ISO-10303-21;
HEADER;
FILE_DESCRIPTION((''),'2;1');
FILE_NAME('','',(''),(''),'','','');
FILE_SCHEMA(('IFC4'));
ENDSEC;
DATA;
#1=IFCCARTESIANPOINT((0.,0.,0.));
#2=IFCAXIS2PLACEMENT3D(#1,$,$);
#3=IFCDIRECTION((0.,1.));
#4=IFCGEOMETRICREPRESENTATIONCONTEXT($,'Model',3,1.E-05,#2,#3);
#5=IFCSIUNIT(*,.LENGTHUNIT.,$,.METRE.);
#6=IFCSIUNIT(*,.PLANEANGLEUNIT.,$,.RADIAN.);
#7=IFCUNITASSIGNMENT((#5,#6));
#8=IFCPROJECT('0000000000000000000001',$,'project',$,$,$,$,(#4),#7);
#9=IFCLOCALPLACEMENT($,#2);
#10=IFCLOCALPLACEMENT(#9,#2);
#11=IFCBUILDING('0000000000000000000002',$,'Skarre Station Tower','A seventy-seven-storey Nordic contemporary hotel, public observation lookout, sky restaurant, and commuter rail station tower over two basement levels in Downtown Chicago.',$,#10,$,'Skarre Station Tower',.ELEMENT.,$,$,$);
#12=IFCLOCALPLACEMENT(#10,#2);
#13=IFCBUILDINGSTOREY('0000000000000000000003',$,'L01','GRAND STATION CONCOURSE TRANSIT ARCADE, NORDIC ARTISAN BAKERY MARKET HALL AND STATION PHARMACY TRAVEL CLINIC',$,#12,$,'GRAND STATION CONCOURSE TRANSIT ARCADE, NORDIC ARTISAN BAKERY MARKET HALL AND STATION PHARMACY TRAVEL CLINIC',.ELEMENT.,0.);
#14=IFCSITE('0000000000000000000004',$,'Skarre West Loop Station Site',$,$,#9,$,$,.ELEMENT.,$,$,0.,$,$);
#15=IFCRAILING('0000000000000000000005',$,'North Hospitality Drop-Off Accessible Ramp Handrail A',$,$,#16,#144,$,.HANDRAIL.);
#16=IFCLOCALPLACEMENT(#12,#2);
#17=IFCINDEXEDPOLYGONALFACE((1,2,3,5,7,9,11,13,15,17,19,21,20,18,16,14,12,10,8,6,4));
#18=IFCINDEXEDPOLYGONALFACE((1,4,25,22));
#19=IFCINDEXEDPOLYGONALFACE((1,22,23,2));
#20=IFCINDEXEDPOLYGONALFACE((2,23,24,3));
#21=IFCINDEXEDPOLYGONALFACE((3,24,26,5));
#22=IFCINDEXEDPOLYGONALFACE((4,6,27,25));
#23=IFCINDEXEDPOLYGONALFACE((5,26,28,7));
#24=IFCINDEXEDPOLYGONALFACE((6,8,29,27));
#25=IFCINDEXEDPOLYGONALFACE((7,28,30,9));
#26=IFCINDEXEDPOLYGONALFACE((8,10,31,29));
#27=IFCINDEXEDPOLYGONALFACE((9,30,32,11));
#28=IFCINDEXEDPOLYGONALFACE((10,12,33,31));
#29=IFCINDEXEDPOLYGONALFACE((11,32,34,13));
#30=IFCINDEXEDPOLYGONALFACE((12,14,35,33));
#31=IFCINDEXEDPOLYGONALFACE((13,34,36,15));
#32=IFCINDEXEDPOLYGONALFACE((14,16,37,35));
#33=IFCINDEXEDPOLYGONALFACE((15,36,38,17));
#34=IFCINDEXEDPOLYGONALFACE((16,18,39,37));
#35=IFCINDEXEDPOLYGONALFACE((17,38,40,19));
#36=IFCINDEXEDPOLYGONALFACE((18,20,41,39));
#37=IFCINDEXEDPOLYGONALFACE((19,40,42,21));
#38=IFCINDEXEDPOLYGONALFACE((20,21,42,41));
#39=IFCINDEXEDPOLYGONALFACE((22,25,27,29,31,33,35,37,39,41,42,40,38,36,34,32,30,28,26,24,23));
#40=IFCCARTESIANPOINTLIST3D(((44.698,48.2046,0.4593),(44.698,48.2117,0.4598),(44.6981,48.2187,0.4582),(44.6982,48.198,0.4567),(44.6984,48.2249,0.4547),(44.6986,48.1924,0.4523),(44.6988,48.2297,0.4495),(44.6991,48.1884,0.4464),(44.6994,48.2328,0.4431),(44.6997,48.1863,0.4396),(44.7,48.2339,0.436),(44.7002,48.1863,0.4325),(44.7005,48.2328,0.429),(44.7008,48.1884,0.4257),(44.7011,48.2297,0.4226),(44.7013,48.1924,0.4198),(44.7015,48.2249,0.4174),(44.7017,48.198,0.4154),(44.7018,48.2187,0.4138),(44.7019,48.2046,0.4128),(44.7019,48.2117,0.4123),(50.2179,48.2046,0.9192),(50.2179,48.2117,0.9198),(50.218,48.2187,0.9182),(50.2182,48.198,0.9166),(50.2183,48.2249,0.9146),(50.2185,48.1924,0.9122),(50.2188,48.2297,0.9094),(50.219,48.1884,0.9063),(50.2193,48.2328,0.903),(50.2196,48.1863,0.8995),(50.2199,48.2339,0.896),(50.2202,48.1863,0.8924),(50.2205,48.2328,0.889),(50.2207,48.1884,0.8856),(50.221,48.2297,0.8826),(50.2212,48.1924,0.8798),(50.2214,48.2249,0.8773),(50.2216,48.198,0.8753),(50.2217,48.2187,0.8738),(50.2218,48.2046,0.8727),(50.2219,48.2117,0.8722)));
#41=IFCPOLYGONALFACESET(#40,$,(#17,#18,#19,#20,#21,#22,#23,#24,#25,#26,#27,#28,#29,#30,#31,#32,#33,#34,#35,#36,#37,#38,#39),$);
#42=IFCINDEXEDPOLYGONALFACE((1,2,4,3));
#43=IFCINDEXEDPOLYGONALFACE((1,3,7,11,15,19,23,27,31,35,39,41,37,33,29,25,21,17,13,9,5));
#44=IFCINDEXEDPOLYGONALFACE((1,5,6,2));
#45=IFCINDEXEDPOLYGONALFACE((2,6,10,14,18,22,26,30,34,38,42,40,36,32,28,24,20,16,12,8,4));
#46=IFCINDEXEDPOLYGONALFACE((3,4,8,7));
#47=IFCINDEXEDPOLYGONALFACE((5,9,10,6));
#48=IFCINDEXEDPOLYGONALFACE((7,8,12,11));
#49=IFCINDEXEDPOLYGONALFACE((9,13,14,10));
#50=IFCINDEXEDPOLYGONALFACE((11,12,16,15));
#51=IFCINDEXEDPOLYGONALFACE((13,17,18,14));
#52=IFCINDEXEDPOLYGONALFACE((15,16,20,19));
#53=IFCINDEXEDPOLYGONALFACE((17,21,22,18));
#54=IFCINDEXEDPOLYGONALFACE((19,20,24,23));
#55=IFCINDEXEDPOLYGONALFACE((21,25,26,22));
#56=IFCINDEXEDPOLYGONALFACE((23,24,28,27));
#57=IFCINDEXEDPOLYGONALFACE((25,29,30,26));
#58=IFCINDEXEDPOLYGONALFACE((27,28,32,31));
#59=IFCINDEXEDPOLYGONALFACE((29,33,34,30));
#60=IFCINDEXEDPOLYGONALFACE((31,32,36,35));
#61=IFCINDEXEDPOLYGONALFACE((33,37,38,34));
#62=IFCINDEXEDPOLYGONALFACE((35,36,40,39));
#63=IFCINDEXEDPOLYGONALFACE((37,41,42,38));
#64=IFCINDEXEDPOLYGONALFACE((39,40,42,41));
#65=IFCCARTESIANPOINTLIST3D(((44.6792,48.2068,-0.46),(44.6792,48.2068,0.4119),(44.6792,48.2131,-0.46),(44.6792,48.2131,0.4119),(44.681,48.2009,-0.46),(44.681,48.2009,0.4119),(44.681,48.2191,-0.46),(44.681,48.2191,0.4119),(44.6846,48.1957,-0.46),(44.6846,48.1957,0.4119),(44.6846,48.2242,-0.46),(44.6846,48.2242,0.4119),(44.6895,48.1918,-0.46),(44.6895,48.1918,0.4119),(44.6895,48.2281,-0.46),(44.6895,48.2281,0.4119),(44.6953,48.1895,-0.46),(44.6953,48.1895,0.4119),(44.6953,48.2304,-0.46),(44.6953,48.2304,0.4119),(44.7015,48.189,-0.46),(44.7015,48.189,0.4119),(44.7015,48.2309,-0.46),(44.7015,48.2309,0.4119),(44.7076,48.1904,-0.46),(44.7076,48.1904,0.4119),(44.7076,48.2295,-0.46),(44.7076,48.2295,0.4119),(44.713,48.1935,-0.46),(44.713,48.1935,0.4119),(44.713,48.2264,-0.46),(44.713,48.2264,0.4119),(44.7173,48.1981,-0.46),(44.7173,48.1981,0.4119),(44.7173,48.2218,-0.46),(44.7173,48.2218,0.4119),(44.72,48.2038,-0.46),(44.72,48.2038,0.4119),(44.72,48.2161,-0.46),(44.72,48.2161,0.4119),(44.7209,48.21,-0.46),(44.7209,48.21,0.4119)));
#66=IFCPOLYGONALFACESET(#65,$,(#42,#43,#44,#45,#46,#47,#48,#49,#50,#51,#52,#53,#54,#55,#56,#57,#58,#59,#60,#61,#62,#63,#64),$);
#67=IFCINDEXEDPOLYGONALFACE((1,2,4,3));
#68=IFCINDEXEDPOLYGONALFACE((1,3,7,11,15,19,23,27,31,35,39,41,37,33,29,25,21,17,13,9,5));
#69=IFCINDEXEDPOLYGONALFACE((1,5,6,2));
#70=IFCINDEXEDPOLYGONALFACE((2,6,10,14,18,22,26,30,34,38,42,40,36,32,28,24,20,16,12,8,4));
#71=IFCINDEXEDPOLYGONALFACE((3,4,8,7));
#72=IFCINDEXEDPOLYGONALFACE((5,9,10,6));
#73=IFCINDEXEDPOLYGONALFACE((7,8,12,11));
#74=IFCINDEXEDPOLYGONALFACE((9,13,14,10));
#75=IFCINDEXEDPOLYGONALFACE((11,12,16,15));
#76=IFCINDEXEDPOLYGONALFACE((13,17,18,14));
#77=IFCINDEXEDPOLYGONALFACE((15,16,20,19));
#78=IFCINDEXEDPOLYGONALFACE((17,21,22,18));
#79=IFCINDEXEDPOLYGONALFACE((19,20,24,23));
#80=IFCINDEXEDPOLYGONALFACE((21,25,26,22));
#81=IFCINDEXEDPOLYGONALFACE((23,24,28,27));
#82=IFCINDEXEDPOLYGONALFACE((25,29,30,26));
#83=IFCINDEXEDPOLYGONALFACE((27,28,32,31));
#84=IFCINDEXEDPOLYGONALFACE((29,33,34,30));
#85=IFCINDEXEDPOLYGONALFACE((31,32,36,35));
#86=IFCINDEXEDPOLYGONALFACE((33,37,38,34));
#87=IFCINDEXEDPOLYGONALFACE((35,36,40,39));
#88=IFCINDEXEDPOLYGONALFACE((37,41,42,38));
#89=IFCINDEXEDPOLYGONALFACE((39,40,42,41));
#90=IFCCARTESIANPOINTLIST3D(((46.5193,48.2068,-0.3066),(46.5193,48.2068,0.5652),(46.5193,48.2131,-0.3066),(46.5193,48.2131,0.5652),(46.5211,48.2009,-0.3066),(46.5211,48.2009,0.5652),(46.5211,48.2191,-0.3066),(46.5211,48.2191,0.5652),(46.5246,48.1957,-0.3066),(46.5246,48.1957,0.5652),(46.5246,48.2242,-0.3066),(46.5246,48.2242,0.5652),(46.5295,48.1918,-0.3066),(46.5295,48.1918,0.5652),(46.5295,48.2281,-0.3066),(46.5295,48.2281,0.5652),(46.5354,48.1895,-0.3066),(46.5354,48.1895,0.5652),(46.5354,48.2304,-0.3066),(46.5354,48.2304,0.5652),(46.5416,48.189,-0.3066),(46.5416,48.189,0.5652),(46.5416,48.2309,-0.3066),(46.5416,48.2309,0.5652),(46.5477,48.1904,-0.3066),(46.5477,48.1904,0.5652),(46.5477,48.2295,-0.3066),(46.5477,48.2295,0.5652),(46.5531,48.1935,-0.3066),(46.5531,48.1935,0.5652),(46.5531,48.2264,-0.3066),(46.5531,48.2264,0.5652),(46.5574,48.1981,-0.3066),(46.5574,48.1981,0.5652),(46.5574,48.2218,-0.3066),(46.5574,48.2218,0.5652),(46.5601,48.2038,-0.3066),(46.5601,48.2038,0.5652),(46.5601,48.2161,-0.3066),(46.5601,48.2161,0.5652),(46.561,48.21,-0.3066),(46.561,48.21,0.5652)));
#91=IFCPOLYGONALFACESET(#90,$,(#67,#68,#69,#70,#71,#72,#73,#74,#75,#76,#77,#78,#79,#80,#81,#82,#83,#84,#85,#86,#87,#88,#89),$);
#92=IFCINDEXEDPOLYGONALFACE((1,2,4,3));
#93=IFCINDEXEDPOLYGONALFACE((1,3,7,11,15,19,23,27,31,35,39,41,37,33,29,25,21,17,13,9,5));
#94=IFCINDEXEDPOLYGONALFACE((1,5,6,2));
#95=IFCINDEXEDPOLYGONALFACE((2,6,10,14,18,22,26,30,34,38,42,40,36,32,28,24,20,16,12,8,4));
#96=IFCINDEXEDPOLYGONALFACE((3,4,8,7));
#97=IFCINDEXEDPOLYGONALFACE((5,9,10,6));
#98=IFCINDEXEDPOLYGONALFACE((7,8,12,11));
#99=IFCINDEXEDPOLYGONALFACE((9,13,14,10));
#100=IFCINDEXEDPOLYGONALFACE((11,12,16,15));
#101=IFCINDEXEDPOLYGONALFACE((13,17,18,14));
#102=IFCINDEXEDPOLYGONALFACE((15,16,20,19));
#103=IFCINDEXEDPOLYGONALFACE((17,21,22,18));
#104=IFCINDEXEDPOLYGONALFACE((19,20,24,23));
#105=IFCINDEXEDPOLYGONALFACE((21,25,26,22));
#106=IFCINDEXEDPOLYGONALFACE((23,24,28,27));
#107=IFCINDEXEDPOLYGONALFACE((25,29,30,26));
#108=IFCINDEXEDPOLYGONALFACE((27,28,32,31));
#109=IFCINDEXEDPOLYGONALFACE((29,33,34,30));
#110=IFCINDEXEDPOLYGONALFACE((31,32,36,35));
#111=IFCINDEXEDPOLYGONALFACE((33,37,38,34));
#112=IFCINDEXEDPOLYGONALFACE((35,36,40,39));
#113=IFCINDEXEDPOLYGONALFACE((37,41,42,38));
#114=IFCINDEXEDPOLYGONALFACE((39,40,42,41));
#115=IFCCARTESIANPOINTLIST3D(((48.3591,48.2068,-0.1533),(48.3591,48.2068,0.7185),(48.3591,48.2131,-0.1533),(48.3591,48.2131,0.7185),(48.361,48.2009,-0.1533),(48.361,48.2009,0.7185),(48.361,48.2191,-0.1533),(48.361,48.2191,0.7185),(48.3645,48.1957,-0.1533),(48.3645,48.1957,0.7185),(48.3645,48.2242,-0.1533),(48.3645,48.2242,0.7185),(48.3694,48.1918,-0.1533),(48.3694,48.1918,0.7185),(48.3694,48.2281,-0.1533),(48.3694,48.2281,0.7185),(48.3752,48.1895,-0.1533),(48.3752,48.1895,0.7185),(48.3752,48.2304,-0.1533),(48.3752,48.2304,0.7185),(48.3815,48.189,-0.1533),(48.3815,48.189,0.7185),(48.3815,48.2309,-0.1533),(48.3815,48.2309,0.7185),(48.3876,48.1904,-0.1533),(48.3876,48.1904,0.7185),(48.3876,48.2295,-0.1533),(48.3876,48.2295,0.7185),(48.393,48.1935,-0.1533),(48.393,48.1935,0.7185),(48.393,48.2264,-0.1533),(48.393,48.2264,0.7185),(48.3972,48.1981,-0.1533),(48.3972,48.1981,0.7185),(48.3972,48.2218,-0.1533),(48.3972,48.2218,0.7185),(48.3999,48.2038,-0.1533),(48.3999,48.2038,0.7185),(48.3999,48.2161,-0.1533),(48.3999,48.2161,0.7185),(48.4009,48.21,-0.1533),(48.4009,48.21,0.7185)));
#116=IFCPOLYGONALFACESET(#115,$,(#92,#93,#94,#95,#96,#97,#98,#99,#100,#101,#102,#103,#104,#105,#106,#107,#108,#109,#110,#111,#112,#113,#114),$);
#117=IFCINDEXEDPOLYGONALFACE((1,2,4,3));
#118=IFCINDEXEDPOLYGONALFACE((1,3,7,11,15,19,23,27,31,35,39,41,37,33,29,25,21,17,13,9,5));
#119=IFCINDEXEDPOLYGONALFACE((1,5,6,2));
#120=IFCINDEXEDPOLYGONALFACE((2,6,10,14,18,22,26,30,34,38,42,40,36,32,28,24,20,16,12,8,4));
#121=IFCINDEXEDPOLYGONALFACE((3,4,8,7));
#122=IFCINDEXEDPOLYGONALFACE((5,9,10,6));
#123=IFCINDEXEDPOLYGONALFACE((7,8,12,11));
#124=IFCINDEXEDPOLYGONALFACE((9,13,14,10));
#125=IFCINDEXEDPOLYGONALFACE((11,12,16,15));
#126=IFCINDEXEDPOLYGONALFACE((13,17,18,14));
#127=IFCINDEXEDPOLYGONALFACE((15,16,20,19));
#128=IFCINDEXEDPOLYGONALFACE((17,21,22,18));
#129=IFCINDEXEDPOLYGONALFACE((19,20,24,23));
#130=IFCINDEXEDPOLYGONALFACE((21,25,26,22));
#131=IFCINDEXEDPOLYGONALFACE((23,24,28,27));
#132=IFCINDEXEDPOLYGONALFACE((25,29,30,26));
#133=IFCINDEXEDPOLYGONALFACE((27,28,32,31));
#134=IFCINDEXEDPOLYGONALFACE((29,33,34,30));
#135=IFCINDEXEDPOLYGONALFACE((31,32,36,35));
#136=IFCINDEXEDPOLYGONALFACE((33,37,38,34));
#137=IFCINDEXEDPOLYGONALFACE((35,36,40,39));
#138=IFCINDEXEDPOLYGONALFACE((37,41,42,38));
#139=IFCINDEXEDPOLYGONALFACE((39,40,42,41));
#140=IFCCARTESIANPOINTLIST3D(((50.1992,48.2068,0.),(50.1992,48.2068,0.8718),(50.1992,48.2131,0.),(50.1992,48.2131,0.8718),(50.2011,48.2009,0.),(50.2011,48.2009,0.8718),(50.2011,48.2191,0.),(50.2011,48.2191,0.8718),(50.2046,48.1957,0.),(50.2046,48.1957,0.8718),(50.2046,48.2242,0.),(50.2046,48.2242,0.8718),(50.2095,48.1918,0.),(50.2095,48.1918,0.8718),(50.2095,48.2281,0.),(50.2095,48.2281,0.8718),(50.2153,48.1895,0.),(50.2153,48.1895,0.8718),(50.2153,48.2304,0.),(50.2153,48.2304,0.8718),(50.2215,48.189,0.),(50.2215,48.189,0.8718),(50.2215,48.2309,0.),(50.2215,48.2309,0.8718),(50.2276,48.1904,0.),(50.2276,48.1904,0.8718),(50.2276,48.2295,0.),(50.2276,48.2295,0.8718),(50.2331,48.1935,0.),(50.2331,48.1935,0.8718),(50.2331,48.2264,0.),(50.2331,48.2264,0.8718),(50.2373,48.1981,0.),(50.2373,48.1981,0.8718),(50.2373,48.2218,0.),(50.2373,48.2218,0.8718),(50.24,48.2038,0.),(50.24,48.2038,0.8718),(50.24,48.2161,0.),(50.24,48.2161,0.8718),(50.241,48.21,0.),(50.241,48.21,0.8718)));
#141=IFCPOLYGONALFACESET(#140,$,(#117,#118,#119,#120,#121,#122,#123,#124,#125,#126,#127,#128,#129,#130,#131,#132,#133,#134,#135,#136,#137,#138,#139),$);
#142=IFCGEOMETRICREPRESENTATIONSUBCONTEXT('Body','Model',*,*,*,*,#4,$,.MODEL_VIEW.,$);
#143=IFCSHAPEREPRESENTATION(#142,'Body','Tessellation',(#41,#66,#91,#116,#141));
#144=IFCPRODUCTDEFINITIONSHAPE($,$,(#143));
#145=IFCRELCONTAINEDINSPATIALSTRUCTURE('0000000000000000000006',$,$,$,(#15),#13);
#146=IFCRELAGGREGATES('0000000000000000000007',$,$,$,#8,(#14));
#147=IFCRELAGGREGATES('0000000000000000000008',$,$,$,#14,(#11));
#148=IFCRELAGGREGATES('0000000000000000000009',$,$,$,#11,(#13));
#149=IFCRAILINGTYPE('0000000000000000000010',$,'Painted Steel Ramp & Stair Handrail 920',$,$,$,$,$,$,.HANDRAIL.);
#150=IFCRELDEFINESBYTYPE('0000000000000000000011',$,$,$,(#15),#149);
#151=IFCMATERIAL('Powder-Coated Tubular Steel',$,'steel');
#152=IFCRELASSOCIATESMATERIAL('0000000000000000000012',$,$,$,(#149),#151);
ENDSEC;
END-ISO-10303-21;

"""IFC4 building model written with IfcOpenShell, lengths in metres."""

from ifc_helpers import new_model, si_unit, direction, frame, origin, origin_2d, place, context, subcontext, project, spatial, circle, extrude, material, type_object, element, save


model = new_model("IFC4")

# Units and contexts
model_context = context("Model", 3, precision=1e-05, world=origin(), true_north=direction((0.0, 1.0)))
body_context = subcontext(model_context, "Body", "Model", "MODEL_VIEW")
ifc_project = project(units=[si_unit("LENGTHUNIT", "METRE"), si_unit("PLANEANGLEUNIT", "RADIAN")], contexts=[model_context])

# Site, building, storey
site_placement = place(None, origin())
site = spatial("IfcSite", under=ifc_project, at=site_placement, Name="Skarre West Loop Station Site", CompositionType="ELEMENT", RefElevation=0.0)
building_placement = place(site_placement, origin())
building = spatial("IfcBuilding", under=site, at=building_placement, Name="Skarre Station Tower", Description="A seventy-seven-storey Nordic contemporary hotel, public observation lookout, sky restaurant, and commuter rail station tower over two basement levels in Downtown Chicago.", LongName="Skarre Station Tower", CompositionType="ELEMENT")
storey_placement = place(building_placement, origin())
storey = spatial("IfcBuildingStorey", under=building, at=storey_placement, Name="L01", Description="GRAND STATION CONCOURSE TRANSIT ARCADE, NORDIC ARTISAN BAKERY MARKET HALL AND STATION PHARMACY TRAVEL CLINIC", LongName="GRAND STATION CONCOURSE TRANSIT ARCADE, NORDIC ARTISAN BAKERY MARKET HALL AND STATION PHARMACY TRAVEL CLINIC", CompositionType="ELEMENT", Elevation=0.0)

# Railing
ifc_material_1 = material(Name="Powder-Coated Tubular Steel", Category="steel")
railing_type = type_object("IfcRailingType", Name="Painted Steel Ramp & Stair Handrail 920", PredefinedType="HANDRAIL", material=ifc_material_1)
for number, where, name in (
    (1, (44.7, 48.21, -0.46), "North Hospitality Drop-Off Accessible Ramp Handrail A"),
):
    element("IfcRailing", number, at=place(storey_placement, frame(where)), inside=storey, type_object=railing_type, Name=name, PredefinedType="HANDRAIL", context=body_context, shape_type="SweptSolid", body=[
        extrude(circle(Radius=0.0239, at=origin_2d()), frame((0.0, 0.0, 0.896), z_axis=(0.996546, 0.0, 0.083038), x_axis=(0.0, 1.0, 0.0)), (0.0, 0.0, 1.0), 5.5391),
        extrude(circle(Radius=0.021, at=origin_2d()), origin(), (0.0, 0.0, 1.0), 0.8718),
        extrude(circle(Radius=0.021, at=origin_2d()), frame((1.8401, 0.0, 0.1533)), (0.0, 0.0, 1.0), 0.8718),
        extrude(circle(Radius=0.021, at=origin_2d()), frame((3.6799, 0.0, 0.3066)), (0.0, 0.0, 1.0), 0.8718),
        extrude(circle(Radius=0.021, at=origin_2d()), frame((5.52, 0.0, 0.46)), (0.0, 0.0, 1.0), 0.8718),
    ])

save(model, "model.ifc")
